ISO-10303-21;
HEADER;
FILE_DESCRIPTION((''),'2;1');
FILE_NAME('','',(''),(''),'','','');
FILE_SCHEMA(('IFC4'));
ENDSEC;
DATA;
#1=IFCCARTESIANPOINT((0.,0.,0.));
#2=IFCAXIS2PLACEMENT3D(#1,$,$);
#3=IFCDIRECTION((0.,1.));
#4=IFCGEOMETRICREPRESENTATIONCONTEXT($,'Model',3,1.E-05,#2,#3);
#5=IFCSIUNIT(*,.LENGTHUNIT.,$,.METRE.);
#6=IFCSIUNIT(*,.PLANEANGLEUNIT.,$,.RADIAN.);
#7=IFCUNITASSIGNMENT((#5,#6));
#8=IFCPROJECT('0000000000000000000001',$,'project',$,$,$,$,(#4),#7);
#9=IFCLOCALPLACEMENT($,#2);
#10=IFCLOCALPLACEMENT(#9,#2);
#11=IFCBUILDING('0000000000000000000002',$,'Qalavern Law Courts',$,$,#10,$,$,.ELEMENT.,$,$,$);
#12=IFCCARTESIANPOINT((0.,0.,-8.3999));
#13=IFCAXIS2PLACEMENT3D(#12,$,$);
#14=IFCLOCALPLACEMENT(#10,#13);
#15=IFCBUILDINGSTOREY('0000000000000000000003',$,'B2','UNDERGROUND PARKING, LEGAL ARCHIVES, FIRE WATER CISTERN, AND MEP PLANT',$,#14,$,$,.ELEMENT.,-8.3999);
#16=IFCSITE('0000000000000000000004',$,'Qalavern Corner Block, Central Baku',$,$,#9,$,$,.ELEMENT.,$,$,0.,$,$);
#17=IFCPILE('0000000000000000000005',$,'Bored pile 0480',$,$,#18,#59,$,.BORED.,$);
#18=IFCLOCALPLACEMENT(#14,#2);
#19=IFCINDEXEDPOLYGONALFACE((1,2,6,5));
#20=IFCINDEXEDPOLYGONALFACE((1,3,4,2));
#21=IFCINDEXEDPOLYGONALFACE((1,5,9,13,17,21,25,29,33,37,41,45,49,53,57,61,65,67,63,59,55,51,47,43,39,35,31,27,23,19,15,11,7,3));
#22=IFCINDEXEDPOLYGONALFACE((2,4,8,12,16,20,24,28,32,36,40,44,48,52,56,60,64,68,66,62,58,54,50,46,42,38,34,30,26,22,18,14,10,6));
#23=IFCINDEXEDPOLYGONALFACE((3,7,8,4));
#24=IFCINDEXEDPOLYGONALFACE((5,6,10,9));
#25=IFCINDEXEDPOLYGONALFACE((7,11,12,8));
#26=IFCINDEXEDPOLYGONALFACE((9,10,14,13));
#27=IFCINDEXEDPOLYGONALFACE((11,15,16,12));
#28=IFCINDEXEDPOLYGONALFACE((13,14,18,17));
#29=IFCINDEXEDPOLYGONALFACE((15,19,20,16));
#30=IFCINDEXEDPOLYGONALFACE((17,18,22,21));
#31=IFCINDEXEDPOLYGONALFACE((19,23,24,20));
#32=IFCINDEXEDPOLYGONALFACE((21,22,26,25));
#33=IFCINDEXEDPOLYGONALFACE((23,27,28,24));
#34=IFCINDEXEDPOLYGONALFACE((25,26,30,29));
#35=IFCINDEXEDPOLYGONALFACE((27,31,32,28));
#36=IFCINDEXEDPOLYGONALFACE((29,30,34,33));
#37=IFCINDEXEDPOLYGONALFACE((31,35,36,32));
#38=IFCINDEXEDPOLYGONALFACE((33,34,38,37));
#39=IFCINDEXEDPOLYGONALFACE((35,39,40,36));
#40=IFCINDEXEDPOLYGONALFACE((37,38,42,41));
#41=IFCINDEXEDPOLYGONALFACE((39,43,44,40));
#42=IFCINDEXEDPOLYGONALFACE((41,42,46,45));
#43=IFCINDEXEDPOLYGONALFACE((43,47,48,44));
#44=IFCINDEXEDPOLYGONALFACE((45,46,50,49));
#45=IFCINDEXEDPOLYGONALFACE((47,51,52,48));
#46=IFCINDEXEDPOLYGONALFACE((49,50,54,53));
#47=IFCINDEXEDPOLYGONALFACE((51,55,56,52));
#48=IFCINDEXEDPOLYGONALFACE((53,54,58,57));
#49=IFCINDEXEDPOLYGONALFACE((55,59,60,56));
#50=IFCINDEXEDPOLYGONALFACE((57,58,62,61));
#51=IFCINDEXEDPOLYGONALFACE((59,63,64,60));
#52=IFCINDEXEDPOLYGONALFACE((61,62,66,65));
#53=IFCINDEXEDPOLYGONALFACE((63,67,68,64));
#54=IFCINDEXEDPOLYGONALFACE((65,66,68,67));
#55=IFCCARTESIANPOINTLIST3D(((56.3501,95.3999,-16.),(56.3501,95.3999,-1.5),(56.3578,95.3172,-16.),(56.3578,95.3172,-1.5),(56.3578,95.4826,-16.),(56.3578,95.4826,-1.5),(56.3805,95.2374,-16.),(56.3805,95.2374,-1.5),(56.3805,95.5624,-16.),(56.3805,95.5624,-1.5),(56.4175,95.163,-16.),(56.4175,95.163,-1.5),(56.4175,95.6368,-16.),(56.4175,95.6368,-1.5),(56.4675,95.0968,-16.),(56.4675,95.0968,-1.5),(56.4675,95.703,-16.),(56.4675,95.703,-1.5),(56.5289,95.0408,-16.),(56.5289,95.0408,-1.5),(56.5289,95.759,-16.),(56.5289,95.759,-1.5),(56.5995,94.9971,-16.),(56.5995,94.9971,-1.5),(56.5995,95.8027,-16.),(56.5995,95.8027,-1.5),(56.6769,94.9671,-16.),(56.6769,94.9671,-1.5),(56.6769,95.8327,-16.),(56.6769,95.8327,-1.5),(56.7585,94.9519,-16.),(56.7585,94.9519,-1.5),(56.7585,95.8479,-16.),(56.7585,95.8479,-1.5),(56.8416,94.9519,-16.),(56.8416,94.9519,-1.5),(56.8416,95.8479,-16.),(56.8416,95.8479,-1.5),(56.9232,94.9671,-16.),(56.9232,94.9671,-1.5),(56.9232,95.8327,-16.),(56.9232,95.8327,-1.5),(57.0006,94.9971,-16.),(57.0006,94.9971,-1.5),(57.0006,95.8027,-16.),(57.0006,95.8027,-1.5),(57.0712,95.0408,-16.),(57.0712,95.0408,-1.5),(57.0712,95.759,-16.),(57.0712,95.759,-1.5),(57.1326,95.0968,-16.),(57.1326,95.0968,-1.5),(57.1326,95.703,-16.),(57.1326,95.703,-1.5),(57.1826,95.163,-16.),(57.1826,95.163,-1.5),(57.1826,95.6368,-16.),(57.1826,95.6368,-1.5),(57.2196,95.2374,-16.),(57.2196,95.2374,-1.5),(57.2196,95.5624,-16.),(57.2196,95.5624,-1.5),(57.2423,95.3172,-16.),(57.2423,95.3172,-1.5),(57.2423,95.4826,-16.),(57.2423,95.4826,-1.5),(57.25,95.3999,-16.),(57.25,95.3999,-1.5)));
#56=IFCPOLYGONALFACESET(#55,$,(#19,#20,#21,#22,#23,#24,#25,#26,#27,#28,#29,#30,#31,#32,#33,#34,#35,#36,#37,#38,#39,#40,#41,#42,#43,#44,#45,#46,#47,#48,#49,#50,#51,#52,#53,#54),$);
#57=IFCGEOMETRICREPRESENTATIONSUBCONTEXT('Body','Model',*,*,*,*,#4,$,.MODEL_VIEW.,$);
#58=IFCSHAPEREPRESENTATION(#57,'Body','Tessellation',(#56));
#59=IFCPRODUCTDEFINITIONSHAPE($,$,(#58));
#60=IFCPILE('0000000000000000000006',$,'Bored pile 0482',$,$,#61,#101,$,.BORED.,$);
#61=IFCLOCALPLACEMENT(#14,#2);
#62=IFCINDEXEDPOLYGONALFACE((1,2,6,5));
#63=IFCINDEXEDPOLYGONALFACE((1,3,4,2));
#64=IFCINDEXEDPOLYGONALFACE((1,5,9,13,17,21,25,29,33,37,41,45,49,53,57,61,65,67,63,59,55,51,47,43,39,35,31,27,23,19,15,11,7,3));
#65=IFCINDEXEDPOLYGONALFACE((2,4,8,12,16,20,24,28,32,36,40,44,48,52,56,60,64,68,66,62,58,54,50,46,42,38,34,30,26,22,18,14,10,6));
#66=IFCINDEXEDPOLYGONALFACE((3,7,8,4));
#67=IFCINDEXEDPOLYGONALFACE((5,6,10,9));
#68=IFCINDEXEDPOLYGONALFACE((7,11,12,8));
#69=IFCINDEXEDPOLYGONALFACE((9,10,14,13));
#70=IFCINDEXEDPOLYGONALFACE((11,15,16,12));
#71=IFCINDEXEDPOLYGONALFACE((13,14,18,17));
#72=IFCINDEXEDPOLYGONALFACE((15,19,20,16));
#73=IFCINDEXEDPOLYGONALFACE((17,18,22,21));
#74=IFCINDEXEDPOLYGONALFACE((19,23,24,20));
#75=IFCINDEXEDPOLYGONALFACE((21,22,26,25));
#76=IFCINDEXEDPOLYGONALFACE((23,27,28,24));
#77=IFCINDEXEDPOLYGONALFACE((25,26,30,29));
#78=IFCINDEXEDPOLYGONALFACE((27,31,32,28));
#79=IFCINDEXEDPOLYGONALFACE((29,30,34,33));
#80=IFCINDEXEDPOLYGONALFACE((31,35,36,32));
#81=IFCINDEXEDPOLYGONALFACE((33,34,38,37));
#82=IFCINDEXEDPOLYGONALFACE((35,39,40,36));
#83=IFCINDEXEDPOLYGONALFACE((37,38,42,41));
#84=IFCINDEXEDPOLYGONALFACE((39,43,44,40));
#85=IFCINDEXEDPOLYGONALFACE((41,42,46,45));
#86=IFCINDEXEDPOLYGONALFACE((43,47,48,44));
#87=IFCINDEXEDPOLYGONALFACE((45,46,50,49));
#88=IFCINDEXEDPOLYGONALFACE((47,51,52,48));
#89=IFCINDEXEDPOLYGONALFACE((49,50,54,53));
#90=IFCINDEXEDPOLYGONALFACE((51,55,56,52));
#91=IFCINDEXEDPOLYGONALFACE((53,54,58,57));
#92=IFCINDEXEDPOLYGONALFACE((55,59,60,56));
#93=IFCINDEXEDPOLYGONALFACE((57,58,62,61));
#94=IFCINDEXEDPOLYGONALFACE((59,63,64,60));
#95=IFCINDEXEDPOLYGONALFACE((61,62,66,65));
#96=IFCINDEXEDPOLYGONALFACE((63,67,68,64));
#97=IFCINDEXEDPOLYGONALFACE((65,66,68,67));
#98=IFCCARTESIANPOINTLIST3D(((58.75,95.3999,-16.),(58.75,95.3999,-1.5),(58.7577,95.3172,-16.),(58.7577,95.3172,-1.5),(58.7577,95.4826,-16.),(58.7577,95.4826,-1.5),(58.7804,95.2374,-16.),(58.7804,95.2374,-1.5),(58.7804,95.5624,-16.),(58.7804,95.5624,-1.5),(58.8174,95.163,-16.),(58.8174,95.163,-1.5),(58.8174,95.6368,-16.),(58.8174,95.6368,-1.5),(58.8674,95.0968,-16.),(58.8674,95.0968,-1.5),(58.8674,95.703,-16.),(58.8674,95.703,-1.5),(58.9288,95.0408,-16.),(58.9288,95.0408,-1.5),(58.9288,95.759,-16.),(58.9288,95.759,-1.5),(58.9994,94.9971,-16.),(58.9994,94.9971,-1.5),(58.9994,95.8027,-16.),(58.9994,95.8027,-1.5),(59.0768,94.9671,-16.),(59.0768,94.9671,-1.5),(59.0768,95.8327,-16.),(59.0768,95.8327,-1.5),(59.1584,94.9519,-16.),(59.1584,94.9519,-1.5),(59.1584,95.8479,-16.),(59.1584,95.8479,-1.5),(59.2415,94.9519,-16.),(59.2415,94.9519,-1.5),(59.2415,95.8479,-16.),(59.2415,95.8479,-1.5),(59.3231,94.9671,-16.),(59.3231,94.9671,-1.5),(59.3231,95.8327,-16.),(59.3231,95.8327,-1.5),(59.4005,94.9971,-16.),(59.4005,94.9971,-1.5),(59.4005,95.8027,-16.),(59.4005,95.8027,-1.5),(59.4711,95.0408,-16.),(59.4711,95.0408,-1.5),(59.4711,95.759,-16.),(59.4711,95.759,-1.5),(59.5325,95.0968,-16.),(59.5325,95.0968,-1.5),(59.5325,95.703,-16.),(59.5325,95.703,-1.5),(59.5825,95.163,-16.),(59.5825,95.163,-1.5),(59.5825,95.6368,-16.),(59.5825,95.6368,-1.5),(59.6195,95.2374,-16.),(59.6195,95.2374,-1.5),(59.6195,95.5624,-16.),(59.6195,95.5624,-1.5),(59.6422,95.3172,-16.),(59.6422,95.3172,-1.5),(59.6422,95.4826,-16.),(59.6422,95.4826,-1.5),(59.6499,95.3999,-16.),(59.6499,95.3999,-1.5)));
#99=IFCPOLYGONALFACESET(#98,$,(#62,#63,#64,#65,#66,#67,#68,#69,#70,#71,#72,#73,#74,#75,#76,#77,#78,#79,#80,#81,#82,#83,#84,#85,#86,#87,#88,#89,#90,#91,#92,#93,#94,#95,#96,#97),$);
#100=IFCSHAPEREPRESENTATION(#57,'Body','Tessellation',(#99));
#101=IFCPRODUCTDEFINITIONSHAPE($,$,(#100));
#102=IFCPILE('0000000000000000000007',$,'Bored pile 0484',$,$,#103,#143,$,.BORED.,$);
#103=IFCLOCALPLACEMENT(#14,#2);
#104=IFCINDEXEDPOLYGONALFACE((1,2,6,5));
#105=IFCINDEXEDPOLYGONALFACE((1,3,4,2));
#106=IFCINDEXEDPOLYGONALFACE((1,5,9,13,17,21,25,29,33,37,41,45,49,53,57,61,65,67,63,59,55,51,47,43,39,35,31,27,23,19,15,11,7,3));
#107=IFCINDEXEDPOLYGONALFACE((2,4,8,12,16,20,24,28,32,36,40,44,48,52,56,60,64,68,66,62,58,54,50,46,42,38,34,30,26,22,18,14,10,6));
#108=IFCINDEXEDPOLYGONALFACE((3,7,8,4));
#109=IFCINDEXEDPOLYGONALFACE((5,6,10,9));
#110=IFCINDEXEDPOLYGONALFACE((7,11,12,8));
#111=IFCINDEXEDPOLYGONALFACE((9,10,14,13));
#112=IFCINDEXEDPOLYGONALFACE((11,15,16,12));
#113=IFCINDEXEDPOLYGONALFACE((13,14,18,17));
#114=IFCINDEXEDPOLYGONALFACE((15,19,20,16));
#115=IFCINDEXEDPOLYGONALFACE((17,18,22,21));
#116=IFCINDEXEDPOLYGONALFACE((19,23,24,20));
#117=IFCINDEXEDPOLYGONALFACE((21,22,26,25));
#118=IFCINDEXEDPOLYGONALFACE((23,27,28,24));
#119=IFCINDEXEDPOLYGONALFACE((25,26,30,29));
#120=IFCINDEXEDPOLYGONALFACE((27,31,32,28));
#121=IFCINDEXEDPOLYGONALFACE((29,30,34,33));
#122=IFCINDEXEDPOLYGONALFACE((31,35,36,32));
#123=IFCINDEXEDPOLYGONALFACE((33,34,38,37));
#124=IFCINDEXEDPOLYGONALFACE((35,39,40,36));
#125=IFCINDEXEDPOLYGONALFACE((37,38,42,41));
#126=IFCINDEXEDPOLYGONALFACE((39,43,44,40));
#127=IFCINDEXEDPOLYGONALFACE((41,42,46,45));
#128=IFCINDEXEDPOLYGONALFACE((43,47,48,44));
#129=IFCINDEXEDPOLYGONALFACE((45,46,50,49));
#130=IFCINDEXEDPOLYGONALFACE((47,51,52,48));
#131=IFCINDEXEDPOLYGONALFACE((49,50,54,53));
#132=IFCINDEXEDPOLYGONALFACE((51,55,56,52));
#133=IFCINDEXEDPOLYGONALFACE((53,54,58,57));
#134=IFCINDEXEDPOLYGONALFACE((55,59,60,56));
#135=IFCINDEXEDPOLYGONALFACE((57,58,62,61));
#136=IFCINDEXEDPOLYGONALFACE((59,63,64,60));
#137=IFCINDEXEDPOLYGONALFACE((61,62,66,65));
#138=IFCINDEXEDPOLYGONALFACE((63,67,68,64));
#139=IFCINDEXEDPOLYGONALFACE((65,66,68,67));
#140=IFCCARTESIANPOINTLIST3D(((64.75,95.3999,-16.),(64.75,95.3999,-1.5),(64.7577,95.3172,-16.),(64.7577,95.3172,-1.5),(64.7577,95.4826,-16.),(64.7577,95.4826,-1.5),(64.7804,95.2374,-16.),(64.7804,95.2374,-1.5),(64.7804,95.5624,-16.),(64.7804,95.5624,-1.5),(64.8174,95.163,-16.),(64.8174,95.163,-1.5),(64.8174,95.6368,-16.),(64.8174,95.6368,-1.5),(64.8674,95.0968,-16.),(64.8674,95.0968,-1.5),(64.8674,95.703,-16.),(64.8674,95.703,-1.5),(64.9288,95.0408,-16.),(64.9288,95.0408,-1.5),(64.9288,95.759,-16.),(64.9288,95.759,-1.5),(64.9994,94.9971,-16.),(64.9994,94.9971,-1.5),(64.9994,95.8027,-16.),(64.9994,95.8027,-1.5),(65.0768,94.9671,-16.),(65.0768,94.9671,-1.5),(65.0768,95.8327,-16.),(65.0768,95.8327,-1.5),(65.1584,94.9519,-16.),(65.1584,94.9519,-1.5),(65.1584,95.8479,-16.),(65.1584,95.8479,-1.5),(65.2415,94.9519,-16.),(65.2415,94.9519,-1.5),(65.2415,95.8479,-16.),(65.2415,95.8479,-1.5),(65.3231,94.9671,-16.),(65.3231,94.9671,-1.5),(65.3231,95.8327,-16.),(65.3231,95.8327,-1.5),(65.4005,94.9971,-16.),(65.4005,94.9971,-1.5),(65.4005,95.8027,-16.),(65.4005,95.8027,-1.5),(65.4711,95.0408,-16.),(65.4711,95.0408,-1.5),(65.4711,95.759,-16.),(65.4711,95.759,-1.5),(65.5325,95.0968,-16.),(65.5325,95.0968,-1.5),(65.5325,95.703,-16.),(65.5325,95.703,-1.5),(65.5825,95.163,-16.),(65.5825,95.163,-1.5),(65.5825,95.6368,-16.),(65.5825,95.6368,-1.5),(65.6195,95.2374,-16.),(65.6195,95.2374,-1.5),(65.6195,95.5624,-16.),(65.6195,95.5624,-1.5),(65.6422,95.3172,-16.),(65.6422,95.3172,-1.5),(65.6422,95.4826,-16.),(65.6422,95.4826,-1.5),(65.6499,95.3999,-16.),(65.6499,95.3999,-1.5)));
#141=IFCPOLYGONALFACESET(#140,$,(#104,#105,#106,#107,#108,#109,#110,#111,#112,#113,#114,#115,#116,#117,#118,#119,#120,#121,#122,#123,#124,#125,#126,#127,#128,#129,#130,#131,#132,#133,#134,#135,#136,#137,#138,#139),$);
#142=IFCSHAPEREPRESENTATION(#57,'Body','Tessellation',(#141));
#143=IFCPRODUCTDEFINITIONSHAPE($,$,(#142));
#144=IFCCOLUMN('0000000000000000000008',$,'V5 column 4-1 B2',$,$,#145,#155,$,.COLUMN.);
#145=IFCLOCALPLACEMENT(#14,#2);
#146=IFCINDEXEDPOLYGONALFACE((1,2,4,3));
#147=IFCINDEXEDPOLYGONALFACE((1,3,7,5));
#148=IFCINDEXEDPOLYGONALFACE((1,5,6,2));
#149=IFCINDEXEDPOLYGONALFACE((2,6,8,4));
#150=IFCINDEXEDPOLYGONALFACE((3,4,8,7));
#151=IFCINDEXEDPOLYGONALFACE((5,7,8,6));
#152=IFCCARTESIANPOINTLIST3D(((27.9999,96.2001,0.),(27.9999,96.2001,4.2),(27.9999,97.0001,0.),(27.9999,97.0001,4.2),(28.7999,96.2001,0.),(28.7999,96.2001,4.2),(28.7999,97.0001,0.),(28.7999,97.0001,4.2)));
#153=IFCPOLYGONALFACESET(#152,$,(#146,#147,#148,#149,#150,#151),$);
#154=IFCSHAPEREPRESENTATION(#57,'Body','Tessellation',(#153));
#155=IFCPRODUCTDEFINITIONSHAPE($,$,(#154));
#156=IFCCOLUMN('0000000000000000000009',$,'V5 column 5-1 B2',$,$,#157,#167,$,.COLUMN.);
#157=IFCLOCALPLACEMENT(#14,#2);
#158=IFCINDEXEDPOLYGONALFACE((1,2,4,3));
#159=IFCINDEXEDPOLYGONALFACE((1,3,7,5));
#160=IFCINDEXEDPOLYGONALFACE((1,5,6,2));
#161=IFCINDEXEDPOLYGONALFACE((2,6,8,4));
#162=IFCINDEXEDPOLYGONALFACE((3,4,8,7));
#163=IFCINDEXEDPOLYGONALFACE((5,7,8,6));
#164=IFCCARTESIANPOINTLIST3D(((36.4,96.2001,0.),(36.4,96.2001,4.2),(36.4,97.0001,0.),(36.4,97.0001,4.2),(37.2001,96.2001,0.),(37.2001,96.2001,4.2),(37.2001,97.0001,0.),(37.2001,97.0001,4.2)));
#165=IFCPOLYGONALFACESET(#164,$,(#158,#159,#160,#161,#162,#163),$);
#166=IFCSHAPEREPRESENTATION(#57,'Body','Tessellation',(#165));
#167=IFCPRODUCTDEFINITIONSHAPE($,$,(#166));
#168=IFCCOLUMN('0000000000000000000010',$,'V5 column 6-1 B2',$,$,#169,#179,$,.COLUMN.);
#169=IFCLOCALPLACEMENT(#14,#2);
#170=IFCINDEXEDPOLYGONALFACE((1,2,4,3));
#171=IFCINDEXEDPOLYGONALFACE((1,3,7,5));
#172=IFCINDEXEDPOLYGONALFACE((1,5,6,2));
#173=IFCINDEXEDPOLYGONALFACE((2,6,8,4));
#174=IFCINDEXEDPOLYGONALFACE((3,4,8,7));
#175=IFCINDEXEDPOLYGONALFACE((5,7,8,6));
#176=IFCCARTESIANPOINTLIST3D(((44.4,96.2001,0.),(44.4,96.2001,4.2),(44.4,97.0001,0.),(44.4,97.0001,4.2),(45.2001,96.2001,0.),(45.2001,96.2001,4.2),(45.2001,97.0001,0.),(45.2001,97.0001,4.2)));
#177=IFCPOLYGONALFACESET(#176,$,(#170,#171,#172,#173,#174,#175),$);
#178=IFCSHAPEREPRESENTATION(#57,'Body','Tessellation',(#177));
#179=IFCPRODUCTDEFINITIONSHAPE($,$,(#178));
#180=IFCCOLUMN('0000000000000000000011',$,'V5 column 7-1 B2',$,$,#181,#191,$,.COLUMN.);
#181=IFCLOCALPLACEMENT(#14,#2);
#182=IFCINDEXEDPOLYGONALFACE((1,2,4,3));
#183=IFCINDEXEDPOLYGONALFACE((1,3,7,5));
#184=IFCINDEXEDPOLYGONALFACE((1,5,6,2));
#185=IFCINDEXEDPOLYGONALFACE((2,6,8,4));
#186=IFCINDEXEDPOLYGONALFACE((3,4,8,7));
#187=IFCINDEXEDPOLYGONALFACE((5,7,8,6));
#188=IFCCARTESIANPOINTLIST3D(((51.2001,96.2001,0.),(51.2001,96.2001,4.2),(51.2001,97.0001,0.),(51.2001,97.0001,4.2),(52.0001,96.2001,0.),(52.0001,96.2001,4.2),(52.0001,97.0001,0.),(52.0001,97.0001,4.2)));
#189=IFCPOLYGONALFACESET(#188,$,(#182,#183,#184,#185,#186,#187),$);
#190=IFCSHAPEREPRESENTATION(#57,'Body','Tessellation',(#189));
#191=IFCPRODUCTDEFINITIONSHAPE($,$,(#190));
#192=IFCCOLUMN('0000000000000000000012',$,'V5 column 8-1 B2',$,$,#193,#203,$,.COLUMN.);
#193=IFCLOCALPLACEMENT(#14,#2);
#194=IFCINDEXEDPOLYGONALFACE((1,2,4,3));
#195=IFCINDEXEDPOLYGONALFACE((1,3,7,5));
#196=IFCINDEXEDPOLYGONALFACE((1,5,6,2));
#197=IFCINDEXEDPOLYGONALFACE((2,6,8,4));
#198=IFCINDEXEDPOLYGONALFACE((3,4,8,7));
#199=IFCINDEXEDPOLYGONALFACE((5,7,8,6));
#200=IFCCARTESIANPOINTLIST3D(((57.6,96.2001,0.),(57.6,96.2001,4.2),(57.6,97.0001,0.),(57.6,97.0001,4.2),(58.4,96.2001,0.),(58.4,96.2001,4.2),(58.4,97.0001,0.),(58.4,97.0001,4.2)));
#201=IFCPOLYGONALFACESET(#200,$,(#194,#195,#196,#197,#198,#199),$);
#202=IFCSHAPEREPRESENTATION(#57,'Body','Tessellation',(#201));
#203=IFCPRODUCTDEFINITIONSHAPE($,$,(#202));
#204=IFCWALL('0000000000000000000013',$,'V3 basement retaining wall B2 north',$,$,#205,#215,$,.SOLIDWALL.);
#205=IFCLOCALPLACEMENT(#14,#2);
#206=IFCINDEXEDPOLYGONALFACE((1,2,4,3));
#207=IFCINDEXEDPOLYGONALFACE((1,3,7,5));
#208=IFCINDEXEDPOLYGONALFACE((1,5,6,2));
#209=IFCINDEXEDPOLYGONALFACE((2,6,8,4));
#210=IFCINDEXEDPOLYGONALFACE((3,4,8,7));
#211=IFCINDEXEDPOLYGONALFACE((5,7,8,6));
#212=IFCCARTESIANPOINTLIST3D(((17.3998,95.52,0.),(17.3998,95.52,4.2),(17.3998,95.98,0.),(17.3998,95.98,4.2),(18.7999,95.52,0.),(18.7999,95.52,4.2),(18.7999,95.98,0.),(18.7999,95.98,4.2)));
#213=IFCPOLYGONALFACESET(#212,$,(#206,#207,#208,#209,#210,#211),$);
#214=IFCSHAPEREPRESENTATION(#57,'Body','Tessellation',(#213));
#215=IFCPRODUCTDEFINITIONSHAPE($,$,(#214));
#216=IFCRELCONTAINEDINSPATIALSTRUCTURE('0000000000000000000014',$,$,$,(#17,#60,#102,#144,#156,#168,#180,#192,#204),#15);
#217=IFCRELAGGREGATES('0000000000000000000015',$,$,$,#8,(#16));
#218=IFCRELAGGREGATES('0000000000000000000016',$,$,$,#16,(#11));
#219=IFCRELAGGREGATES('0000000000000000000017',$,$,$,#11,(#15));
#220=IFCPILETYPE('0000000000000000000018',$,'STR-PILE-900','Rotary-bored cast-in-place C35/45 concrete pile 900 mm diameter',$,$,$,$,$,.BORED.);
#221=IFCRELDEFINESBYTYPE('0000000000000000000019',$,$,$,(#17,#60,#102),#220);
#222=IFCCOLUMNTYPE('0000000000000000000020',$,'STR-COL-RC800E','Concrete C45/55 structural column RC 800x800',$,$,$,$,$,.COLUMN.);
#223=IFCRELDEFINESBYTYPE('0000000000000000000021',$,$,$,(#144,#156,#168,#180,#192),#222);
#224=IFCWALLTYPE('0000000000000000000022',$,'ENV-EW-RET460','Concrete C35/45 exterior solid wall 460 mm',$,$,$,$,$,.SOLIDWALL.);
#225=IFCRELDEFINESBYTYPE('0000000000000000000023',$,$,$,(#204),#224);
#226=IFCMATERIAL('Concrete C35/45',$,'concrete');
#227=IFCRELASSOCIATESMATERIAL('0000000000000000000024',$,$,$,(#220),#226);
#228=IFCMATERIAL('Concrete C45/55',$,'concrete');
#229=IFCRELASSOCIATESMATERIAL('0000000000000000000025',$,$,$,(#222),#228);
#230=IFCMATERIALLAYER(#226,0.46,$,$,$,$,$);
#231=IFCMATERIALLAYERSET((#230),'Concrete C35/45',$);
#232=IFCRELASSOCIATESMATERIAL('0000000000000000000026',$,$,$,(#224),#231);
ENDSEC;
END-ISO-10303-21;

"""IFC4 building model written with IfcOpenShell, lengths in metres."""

from ifc_helpers import new_model, si_unit, direction, frame, frame_2d, origin, origin_2d, place, context, subcontext, project, spatial, rectangle, circle, extrude, material, layer, layer_set, material_profile, profile_set, type_object, element, save


model = new_model("IFC4")

# Units and contexts
model_context = context("Model", 3, precision=1e-05, world=origin(), true_north=direction((0.0, 1.0)))
body_context = subcontext(model_context, "Body", "Model", "MODEL_VIEW")
ifc_project = project(units=[si_unit("LENGTHUNIT", "METRE"), si_unit("PLANEANGLEUNIT", "RADIAN")], contexts=[model_context])

# Site, building, storey
site_placement = place(None, origin())
site = spatial("IfcSite", under=ifc_project, at=site_placement, Name="Qalavern Corner Block, Central Baku", CompositionType="ELEMENT", RefElevation=0.0)
building_placement = place(site_placement, origin())
building = spatial("IfcBuilding", under=site, at=building_placement, Name="Qalavern Law Courts", CompositionType="ELEMENT")
storey_placement = place(building_placement, frame((0.0, 0.0, -8.3999)))
storey = spatial("IfcBuildingStorey", under=building, at=storey_placement, Name="B2", Description="UNDERGROUND PARKING, LEGAL ARCHIVES, FIRE WATER CISTERN, AND MEP PLANT", CompositionType="ELEMENT", Elevation=-8.3999)

# Shared definitions
ifc_material_1 = material(Name="Concrete C35/45", Category="concrete")

# Piles
ifc_material_profile_1 = material_profile(ifc_material_1, circle(Radius=0.45, at=origin_2d()), Name="BORED PILE 900")
ifc_profile_set_1 = profile_set([ifc_material_profile_1], Name="Concrete C35/45")
pile_type_1 = type_object("IfcPileType", Name="STR-PILE-900", Description="Rotary-bored cast-in-place C35/45 concrete pile 900 mm diameter", PredefinedType="BORED", material=ifc_profile_set_1)
for number, where, z_axis, x_axis, name in (
    (1, (56.8, 95.3999, -1.5), (0.0, 0.0, -1.0), (1.0, 0.0, 0.0), "Bored pile 0480"),
    (2, (59.2, 95.3999, -1.5), (0.0, 0.0, -1.0), (1.0, 0.0, 0.0), "Bored pile 0482"),
    (3, (65.2, 95.3999, -1.5), (0.0, 0.0, -1.0), (1.0, 0.0, 0.0), "Bored pile 0484"),
):
    element("IfcPile", number, at=place(storey_placement, frame(where, z_axis=z_axis, x_axis=x_axis)), inside=storey, type_object=pile_type_1, Name=name, PredefinedType="BORED", context=body_context, shape_type="SweptSolid", body=[
        extrude(circle(Radius=0.45, at=origin_2d()), origin(), (0.0, 0.0, 1.0), 14.5),
    ])

# Columns
ifc_material_2 = material(Name="Concrete C45/55", Category="concrete")
ifc_material_profile_2 = material_profile(ifc_material_2, rectangle(XDim=0.8, YDim=0.8, at=origin_2d()), Name="RC 800x800")
ifc_profile_set_2 = profile_set([ifc_material_profile_2], Name="Concrete C45/55")
column_type = type_object("IfcColumnType", Name="STR-COL-RC800E", Description="Concrete C45/55 structural column RC 800x800", PredefinedType="COLUMN", material=ifc_profile_set_2)
for number, where, z_axis, x_axis, name in (
    (4, (28.3999, 96.6001, 0.0), (0.0, 0.0, 1.0), (1.0, 0.0, 0.0), "V5 column 4-1 B2"),
    (5, (36.8, 96.6001, 0.0), (0.0, 0.0, 1.0), (1.0, 0.0, 0.0), "V5 column 5-1 B2"),
    (6, (44.8, 96.6001, 0.0), (0.0, 0.0, 1.0), (1.0, 0.0, 0.0), "V5 column 6-1 B2"),
    (7, (51.6001, 96.6001, 0.0), (0.0, 0.0, 1.0), (1.0, 0.0, 0.0), "V5 column 7-1 B2"),
    (8, (58.0, 96.6001, 0.0), (0.0, 0.0, 1.0), (1.0, 0.0, 0.0), "V5 column 8-1 B2"),
):
    element("IfcColumn", number, at=place(storey_placement, frame(where, z_axis=z_axis, x_axis=x_axis)), inside=storey, type_object=column_type, Name=name, PredefinedType="COLUMN", context=body_context, shape_type="SweptSolid", body=[
        extrude(rectangle(XDim=0.8, YDim=0.8, at=origin_2d()), origin(), (0.0, 0.0, 1.0), 4.2),
    ])

# Wall
ifc_layer_1 = layer(ifc_material_1, 0.46)
ifc_layer_set_1 = layer_set([ifc_layer_1], Name="Concrete C35/45")
wall_type_1 = type_object("IfcWallType", Name="ENV-EW-RET460", Description="Concrete C35/45 exterior solid wall 460 mm", PredefinedType="SOLIDWALL", material=ifc_layer_set_1)
wall_1_placement = place(storey_placement, frame((18.8, 95.75, 0.0), z_axis=(0.0, 0.0, 1.0), x_axis=(-1.0, 0.0, 0.0)))
element("IfcWall", 9, at=wall_1_placement, inside=storey, type_object=wall_type_1, Name="V3 basement retaining wall B2 north", PredefinedType="SOLIDWALL", context=body_context, shape_type="SweptSolid", body=[
    extrude(rectangle(XDim=1.4001, YDim=0.46, at=frame_2d((0.7002, 0.0))), origin(), (0.0, 0.0, 1.0), 4.2),
])

save(model, "model.ifc")
